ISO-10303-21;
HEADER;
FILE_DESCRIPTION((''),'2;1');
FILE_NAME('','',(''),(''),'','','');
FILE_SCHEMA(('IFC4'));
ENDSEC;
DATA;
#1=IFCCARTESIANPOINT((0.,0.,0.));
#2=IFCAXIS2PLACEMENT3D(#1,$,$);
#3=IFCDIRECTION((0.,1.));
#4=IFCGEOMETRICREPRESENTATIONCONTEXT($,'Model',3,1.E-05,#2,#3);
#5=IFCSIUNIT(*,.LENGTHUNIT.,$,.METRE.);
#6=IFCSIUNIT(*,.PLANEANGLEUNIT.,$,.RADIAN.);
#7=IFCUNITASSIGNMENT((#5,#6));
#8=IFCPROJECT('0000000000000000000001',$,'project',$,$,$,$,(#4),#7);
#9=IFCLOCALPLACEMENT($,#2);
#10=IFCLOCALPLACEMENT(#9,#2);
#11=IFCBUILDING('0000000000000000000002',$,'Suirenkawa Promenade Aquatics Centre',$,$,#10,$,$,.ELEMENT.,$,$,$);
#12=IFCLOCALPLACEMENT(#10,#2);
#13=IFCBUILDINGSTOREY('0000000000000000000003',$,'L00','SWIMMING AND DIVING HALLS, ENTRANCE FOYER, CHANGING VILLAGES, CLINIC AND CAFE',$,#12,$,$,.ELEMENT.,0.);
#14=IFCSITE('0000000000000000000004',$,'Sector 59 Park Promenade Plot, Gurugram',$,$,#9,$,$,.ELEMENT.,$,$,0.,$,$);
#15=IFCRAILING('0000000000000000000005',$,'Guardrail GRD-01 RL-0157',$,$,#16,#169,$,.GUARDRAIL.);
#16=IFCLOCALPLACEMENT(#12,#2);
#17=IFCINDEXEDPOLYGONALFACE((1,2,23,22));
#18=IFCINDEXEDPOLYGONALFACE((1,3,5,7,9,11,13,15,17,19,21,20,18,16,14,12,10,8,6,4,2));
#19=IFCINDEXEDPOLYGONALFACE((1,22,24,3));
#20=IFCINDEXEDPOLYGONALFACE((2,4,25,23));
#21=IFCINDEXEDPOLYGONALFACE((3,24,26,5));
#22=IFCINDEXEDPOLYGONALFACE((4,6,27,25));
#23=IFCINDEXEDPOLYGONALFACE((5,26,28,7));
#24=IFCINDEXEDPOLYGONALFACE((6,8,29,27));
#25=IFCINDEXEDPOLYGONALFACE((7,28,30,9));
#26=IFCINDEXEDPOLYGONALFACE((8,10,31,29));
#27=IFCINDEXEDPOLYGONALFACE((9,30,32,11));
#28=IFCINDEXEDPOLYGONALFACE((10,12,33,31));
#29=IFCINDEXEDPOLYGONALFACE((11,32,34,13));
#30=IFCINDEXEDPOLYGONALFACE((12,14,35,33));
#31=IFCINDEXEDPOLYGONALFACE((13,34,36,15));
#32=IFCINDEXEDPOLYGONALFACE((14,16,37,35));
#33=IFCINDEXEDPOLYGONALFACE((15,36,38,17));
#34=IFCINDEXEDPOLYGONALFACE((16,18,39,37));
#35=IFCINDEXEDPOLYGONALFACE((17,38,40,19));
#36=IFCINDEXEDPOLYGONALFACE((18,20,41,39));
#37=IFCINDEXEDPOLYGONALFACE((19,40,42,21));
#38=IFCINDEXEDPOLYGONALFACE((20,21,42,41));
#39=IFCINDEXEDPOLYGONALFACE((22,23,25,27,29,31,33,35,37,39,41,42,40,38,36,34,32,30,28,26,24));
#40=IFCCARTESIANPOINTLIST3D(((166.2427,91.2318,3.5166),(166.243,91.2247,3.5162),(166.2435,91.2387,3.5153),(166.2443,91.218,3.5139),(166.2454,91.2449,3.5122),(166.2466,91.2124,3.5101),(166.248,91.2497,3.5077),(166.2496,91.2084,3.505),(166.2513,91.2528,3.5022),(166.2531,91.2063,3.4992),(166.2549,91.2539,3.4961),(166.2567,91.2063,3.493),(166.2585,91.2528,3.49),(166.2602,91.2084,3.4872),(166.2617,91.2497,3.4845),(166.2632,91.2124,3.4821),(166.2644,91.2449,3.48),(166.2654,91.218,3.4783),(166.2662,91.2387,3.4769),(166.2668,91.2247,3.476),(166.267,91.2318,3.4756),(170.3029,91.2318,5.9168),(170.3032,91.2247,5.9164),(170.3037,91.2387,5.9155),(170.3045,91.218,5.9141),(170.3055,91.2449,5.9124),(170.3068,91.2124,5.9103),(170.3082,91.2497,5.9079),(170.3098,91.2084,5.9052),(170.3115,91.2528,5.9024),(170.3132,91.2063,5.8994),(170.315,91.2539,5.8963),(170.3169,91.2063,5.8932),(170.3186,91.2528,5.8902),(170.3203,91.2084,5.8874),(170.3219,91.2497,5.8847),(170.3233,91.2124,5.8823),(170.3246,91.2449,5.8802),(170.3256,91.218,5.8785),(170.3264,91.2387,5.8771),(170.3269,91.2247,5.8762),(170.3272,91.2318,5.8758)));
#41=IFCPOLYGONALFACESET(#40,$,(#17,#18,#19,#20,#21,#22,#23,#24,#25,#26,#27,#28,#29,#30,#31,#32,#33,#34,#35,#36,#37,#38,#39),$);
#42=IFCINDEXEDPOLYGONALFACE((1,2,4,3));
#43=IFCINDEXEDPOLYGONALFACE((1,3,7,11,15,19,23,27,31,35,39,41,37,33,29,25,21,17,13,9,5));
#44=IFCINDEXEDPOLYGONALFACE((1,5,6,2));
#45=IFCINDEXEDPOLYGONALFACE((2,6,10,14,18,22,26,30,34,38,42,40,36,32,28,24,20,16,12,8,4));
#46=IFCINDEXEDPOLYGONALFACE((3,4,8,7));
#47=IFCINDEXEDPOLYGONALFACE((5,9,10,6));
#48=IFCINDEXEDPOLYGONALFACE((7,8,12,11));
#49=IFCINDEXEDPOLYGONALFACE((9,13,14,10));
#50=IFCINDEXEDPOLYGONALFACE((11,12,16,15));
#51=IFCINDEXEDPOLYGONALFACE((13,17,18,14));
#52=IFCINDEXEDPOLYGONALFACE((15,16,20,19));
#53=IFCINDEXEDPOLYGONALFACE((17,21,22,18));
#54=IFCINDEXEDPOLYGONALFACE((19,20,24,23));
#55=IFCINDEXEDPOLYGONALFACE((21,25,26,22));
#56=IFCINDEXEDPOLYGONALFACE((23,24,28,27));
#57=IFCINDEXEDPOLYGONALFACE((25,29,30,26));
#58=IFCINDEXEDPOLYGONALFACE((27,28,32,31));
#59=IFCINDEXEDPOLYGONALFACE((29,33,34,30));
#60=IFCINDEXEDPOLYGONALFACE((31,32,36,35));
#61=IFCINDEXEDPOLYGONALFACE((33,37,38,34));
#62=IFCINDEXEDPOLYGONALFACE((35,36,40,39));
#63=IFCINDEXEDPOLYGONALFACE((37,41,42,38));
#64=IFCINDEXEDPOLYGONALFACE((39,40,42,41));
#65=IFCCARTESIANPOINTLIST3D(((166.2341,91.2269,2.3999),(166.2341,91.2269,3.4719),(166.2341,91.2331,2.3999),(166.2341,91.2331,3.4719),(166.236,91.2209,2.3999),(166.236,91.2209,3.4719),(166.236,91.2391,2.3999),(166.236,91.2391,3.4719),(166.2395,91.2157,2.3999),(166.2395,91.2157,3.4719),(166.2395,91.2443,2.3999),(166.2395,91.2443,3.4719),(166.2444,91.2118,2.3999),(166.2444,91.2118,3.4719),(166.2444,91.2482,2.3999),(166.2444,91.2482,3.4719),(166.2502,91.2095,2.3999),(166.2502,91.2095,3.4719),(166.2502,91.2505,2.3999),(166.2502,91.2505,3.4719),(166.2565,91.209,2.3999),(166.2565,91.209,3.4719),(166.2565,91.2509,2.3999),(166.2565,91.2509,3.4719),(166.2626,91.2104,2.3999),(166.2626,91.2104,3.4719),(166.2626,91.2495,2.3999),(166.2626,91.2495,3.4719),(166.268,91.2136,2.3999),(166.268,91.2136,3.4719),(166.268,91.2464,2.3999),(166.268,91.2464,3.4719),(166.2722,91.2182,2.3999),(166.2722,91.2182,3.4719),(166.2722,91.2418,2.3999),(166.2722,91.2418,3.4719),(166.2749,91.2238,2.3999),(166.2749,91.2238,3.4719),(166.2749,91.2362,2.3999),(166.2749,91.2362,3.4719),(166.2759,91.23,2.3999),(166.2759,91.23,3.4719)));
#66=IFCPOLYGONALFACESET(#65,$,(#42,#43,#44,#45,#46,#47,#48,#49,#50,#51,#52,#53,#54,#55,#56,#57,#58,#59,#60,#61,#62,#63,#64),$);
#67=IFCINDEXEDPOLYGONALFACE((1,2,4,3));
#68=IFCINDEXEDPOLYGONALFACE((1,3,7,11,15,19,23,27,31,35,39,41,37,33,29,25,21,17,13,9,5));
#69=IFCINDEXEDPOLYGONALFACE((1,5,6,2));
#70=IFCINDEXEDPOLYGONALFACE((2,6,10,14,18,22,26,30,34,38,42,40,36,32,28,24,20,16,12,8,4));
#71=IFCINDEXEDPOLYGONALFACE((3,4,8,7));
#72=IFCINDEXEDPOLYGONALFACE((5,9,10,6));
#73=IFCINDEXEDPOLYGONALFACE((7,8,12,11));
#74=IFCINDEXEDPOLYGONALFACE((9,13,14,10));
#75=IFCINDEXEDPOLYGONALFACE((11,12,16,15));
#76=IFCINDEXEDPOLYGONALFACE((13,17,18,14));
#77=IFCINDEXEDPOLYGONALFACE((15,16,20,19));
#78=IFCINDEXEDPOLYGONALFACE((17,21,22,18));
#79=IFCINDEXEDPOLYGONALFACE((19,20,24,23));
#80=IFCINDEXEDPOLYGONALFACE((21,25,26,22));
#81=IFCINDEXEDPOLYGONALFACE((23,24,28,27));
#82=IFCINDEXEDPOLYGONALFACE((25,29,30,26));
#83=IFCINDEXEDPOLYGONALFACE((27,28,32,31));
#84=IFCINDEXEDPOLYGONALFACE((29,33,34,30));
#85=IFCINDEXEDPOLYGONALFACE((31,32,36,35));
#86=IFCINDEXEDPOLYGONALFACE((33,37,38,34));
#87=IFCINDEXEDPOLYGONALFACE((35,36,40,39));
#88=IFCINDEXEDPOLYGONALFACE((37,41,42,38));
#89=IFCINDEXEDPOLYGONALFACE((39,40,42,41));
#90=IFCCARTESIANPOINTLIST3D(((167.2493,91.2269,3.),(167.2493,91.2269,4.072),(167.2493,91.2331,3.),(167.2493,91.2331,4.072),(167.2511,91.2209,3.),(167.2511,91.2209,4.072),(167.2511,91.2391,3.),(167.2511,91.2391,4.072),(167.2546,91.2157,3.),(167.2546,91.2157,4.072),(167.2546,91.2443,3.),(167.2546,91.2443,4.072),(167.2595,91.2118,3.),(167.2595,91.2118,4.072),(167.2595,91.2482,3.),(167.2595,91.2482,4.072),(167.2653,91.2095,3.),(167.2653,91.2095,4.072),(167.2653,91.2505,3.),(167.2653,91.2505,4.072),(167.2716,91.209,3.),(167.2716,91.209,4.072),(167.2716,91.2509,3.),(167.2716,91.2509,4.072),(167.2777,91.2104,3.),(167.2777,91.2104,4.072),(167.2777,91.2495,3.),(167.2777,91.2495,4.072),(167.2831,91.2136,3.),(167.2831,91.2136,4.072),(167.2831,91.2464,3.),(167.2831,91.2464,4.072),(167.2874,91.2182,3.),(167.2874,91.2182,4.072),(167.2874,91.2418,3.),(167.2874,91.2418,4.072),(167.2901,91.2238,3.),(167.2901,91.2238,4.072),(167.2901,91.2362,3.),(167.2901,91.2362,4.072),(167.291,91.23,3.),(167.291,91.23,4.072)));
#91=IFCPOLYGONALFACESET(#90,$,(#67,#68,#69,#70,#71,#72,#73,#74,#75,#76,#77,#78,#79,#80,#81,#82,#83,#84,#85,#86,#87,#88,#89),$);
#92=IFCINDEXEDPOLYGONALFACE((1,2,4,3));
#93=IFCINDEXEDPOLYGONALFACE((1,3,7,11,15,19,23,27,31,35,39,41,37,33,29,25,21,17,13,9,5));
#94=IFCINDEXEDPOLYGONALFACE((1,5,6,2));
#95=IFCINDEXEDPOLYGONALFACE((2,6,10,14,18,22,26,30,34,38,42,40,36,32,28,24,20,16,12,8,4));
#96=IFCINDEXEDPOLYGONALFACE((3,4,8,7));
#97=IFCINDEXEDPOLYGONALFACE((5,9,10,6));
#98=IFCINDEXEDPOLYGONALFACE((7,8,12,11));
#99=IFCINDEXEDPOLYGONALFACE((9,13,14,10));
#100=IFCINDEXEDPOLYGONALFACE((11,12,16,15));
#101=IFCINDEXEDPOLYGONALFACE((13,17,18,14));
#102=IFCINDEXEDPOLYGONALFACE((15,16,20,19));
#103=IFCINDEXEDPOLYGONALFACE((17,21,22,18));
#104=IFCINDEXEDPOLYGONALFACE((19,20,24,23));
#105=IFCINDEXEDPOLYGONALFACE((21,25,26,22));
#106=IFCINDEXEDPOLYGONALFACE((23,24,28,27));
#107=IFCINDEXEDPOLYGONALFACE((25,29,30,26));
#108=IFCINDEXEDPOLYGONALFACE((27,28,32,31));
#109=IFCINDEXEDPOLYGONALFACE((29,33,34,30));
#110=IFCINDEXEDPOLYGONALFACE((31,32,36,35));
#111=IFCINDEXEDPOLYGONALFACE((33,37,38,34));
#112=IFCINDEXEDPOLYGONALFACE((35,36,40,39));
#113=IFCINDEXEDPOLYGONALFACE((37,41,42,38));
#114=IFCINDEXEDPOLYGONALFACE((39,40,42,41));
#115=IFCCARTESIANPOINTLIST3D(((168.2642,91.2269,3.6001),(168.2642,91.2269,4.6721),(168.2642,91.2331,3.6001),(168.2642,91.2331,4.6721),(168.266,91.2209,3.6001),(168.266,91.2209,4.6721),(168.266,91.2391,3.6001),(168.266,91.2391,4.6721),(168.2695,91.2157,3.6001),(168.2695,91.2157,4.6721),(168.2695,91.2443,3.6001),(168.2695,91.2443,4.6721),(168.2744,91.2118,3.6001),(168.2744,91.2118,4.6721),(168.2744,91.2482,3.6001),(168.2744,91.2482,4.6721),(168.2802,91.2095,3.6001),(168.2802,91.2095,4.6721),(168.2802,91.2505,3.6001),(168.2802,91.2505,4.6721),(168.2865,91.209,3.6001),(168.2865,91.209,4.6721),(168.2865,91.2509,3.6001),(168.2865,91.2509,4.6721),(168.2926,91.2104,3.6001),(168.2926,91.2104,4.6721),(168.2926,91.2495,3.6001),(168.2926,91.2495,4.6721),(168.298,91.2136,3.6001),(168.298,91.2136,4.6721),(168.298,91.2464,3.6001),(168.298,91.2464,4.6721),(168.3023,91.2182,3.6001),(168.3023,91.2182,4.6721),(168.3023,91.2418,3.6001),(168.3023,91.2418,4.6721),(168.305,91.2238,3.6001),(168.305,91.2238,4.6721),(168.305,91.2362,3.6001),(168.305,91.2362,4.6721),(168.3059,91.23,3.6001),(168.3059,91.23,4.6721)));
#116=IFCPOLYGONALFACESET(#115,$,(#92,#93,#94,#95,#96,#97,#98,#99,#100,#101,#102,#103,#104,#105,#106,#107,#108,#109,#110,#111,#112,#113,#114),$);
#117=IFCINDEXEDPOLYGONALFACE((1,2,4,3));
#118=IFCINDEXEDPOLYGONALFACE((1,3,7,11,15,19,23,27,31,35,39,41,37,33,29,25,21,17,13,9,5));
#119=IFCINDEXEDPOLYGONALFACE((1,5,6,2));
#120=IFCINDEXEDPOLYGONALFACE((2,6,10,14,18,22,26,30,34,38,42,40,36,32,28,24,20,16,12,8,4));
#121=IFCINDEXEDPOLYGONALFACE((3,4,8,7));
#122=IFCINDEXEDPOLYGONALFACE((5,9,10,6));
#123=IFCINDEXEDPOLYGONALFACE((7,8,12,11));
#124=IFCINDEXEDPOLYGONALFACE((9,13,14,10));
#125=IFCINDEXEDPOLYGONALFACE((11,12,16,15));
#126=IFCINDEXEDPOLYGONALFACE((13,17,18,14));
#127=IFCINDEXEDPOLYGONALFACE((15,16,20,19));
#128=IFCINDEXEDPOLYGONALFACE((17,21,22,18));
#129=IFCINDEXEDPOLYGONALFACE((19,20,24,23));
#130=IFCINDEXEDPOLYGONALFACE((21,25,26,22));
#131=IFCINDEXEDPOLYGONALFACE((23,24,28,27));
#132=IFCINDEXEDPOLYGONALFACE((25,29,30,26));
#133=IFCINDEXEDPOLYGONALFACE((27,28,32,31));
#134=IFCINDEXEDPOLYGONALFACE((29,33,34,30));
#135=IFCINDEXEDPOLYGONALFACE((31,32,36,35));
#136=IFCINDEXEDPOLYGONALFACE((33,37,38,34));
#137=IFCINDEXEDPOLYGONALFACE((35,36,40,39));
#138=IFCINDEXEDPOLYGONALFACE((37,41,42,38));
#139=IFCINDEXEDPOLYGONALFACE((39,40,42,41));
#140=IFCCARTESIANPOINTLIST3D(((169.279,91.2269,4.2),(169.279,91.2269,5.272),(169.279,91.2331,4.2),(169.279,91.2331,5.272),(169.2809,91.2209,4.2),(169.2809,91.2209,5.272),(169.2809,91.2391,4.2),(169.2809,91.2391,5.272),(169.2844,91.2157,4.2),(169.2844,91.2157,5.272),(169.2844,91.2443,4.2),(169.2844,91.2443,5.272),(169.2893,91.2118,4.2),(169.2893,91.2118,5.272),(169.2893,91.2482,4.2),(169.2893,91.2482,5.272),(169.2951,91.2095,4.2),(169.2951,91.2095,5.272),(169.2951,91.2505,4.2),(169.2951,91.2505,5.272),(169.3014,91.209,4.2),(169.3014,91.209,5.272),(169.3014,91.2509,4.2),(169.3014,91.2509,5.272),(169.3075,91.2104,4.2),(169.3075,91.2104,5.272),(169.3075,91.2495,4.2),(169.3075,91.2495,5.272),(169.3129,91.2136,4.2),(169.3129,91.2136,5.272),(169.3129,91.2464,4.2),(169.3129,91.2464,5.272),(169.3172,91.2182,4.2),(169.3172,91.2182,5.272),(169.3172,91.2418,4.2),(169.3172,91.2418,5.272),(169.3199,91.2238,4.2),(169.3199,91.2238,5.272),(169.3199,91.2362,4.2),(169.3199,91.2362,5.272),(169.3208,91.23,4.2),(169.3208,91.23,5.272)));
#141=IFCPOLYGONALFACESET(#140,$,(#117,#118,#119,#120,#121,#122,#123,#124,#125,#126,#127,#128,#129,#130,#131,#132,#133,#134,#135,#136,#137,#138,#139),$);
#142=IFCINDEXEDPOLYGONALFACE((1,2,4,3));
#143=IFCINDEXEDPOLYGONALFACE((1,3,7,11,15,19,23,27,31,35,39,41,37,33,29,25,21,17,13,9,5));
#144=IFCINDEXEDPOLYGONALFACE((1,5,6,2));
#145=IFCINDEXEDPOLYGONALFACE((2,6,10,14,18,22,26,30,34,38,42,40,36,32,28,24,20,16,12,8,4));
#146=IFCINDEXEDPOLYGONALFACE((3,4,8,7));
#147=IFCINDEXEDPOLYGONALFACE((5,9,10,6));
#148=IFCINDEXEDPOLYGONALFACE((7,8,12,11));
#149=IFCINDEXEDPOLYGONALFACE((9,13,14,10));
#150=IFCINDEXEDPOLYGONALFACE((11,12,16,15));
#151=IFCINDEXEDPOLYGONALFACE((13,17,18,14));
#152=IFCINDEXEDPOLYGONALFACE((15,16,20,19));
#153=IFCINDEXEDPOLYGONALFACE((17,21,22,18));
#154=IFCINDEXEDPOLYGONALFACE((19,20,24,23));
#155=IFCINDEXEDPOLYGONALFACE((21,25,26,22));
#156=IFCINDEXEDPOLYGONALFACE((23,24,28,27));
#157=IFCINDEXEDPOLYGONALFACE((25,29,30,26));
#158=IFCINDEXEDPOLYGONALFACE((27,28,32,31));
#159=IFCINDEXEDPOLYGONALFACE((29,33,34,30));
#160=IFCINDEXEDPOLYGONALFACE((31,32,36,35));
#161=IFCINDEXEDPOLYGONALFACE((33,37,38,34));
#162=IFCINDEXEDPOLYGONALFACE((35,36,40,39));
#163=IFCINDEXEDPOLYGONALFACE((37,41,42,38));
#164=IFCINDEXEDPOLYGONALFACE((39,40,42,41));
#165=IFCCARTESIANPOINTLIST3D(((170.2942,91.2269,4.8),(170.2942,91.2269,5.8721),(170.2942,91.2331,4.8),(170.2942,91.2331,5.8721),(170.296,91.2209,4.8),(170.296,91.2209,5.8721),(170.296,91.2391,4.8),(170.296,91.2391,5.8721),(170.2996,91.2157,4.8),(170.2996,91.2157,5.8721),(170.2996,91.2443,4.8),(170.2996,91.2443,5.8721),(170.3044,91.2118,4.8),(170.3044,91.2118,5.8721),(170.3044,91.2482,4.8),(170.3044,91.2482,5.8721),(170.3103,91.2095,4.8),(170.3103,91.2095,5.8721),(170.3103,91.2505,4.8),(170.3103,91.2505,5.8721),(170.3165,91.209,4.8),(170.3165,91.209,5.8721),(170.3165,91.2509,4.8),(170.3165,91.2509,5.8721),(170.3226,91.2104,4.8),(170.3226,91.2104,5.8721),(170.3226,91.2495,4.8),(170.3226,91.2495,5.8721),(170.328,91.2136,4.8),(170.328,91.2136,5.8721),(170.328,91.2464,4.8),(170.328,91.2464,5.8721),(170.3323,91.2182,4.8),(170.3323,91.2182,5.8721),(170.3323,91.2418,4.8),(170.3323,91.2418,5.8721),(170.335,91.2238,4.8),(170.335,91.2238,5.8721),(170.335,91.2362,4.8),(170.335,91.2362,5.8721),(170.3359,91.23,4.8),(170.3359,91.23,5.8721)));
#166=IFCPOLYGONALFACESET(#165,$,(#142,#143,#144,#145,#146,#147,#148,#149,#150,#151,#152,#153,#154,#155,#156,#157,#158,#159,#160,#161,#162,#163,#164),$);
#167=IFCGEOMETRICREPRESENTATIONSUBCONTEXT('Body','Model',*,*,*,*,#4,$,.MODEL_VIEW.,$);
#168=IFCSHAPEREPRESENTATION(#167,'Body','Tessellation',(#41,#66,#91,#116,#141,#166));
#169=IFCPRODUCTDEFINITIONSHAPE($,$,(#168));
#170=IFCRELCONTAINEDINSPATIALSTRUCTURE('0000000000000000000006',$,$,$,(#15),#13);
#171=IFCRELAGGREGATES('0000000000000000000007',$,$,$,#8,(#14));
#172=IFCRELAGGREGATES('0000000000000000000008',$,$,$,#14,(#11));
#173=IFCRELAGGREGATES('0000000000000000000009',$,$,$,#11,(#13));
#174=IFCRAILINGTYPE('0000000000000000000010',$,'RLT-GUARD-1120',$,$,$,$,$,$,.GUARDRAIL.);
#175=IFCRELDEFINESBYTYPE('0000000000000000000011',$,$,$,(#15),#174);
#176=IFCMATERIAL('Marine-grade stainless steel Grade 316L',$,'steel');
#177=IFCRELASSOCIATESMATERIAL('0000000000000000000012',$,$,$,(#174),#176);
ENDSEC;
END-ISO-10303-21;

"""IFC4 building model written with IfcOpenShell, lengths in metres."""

from ifc_helpers import new_model, si_unit, direction, frame, origin, origin_2d, place, context, subcontext, project, spatial, circle, extrude, material, type_object, element, save


model = new_model("IFC4")

# Units and contexts
model_context = context("Model", 3, precision=1e-05, world=origin(), true_north=direction((0.0, 1.0)))
body_context = subcontext(model_context, "Body", "Model", "MODEL_VIEW")
ifc_project = project(units=[si_unit("LENGTHUNIT", "METRE"), si_unit("PLANEANGLEUNIT", "RADIAN")], contexts=[model_context])

# Site, building, storey
site_placement = place(None, origin())
site = spatial("IfcSite", under=ifc_project, at=site_placement, Name="Sector 59 Park Promenade Plot, Gurugram", CompositionType="ELEMENT", RefElevation=0.0)
building_placement = place(site_placement, origin())
building = spatial("IfcBuilding", under=site, at=building_placement, Name="Suirenkawa Promenade Aquatics Centre", CompositionType="ELEMENT")
storey_placement = place(building_placement, origin())
storey = spatial("IfcBuildingStorey", under=building, at=storey_placement, Name="L00", Description="SWIMMING AND DIVING HALLS, ENTRANCE FOYER, CHANGING VILLAGES, CLINIC AND CAFE", CompositionType="ELEMENT", Elevation=0.0)

# Shared definitions
ifc_material_1 = material(Name="Marine-grade stainless steel Grade 316L", Category="steel")

# Railing
railing_type_1 = type_object("IfcRailingType", Name="RLT-GUARD-1120", PredefinedType="GUARDRAIL", material=ifc_material_1)
for number, where, name in (
    (1, (166.2549, 91.23, 2.3999), "Guardrail GRD-01 RL-0157"),
):
    element("IfcRailing", number, at=place(storey_placement, frame(where)), inside=storey, type_object=railing_type_1, Name=name, PredefinedType="GUARDRAIL", context=body_context, shape_type="SweptSolid", body=[
        extrude(circle(Radius=0.0239, at=origin_2d()), frame((0.0, 0.0, 1.0962), z_axis=(0.860832, 0.0, 0.50889), x_axis=(0.0, 1.0, 0.0)), (0.0, 0.0, 1.0), 4.7166),
        extrude(circle(Radius=0.021, at=origin_2d()), origin(), (0.0, 0.0, 1.0), 1.072),
        extrude(circle(Radius=0.021, at=origin_2d()), frame((1.0151, 0.0, 0.6001)), (0.0, 0.0, 1.0), 1.072),
        extrude(circle(Radius=0.021, at=origin_2d()), frame((2.03, 0.0, 1.2002)), (0.0, 0.0, 1.0), 1.072),
        extrude(circle(Radius=0.021, at=origin_2d()), frame((3.0449, 0.0, 1.8)), (0.0, 0.0, 1.0), 1.072),
        extrude(circle(Radius=0.021, at=origin_2d()), frame((4.0601, 0.0, 2.4001)), (0.0, 0.0, 1.0), 1.072),
    ])

save(model, "model.ifc")
